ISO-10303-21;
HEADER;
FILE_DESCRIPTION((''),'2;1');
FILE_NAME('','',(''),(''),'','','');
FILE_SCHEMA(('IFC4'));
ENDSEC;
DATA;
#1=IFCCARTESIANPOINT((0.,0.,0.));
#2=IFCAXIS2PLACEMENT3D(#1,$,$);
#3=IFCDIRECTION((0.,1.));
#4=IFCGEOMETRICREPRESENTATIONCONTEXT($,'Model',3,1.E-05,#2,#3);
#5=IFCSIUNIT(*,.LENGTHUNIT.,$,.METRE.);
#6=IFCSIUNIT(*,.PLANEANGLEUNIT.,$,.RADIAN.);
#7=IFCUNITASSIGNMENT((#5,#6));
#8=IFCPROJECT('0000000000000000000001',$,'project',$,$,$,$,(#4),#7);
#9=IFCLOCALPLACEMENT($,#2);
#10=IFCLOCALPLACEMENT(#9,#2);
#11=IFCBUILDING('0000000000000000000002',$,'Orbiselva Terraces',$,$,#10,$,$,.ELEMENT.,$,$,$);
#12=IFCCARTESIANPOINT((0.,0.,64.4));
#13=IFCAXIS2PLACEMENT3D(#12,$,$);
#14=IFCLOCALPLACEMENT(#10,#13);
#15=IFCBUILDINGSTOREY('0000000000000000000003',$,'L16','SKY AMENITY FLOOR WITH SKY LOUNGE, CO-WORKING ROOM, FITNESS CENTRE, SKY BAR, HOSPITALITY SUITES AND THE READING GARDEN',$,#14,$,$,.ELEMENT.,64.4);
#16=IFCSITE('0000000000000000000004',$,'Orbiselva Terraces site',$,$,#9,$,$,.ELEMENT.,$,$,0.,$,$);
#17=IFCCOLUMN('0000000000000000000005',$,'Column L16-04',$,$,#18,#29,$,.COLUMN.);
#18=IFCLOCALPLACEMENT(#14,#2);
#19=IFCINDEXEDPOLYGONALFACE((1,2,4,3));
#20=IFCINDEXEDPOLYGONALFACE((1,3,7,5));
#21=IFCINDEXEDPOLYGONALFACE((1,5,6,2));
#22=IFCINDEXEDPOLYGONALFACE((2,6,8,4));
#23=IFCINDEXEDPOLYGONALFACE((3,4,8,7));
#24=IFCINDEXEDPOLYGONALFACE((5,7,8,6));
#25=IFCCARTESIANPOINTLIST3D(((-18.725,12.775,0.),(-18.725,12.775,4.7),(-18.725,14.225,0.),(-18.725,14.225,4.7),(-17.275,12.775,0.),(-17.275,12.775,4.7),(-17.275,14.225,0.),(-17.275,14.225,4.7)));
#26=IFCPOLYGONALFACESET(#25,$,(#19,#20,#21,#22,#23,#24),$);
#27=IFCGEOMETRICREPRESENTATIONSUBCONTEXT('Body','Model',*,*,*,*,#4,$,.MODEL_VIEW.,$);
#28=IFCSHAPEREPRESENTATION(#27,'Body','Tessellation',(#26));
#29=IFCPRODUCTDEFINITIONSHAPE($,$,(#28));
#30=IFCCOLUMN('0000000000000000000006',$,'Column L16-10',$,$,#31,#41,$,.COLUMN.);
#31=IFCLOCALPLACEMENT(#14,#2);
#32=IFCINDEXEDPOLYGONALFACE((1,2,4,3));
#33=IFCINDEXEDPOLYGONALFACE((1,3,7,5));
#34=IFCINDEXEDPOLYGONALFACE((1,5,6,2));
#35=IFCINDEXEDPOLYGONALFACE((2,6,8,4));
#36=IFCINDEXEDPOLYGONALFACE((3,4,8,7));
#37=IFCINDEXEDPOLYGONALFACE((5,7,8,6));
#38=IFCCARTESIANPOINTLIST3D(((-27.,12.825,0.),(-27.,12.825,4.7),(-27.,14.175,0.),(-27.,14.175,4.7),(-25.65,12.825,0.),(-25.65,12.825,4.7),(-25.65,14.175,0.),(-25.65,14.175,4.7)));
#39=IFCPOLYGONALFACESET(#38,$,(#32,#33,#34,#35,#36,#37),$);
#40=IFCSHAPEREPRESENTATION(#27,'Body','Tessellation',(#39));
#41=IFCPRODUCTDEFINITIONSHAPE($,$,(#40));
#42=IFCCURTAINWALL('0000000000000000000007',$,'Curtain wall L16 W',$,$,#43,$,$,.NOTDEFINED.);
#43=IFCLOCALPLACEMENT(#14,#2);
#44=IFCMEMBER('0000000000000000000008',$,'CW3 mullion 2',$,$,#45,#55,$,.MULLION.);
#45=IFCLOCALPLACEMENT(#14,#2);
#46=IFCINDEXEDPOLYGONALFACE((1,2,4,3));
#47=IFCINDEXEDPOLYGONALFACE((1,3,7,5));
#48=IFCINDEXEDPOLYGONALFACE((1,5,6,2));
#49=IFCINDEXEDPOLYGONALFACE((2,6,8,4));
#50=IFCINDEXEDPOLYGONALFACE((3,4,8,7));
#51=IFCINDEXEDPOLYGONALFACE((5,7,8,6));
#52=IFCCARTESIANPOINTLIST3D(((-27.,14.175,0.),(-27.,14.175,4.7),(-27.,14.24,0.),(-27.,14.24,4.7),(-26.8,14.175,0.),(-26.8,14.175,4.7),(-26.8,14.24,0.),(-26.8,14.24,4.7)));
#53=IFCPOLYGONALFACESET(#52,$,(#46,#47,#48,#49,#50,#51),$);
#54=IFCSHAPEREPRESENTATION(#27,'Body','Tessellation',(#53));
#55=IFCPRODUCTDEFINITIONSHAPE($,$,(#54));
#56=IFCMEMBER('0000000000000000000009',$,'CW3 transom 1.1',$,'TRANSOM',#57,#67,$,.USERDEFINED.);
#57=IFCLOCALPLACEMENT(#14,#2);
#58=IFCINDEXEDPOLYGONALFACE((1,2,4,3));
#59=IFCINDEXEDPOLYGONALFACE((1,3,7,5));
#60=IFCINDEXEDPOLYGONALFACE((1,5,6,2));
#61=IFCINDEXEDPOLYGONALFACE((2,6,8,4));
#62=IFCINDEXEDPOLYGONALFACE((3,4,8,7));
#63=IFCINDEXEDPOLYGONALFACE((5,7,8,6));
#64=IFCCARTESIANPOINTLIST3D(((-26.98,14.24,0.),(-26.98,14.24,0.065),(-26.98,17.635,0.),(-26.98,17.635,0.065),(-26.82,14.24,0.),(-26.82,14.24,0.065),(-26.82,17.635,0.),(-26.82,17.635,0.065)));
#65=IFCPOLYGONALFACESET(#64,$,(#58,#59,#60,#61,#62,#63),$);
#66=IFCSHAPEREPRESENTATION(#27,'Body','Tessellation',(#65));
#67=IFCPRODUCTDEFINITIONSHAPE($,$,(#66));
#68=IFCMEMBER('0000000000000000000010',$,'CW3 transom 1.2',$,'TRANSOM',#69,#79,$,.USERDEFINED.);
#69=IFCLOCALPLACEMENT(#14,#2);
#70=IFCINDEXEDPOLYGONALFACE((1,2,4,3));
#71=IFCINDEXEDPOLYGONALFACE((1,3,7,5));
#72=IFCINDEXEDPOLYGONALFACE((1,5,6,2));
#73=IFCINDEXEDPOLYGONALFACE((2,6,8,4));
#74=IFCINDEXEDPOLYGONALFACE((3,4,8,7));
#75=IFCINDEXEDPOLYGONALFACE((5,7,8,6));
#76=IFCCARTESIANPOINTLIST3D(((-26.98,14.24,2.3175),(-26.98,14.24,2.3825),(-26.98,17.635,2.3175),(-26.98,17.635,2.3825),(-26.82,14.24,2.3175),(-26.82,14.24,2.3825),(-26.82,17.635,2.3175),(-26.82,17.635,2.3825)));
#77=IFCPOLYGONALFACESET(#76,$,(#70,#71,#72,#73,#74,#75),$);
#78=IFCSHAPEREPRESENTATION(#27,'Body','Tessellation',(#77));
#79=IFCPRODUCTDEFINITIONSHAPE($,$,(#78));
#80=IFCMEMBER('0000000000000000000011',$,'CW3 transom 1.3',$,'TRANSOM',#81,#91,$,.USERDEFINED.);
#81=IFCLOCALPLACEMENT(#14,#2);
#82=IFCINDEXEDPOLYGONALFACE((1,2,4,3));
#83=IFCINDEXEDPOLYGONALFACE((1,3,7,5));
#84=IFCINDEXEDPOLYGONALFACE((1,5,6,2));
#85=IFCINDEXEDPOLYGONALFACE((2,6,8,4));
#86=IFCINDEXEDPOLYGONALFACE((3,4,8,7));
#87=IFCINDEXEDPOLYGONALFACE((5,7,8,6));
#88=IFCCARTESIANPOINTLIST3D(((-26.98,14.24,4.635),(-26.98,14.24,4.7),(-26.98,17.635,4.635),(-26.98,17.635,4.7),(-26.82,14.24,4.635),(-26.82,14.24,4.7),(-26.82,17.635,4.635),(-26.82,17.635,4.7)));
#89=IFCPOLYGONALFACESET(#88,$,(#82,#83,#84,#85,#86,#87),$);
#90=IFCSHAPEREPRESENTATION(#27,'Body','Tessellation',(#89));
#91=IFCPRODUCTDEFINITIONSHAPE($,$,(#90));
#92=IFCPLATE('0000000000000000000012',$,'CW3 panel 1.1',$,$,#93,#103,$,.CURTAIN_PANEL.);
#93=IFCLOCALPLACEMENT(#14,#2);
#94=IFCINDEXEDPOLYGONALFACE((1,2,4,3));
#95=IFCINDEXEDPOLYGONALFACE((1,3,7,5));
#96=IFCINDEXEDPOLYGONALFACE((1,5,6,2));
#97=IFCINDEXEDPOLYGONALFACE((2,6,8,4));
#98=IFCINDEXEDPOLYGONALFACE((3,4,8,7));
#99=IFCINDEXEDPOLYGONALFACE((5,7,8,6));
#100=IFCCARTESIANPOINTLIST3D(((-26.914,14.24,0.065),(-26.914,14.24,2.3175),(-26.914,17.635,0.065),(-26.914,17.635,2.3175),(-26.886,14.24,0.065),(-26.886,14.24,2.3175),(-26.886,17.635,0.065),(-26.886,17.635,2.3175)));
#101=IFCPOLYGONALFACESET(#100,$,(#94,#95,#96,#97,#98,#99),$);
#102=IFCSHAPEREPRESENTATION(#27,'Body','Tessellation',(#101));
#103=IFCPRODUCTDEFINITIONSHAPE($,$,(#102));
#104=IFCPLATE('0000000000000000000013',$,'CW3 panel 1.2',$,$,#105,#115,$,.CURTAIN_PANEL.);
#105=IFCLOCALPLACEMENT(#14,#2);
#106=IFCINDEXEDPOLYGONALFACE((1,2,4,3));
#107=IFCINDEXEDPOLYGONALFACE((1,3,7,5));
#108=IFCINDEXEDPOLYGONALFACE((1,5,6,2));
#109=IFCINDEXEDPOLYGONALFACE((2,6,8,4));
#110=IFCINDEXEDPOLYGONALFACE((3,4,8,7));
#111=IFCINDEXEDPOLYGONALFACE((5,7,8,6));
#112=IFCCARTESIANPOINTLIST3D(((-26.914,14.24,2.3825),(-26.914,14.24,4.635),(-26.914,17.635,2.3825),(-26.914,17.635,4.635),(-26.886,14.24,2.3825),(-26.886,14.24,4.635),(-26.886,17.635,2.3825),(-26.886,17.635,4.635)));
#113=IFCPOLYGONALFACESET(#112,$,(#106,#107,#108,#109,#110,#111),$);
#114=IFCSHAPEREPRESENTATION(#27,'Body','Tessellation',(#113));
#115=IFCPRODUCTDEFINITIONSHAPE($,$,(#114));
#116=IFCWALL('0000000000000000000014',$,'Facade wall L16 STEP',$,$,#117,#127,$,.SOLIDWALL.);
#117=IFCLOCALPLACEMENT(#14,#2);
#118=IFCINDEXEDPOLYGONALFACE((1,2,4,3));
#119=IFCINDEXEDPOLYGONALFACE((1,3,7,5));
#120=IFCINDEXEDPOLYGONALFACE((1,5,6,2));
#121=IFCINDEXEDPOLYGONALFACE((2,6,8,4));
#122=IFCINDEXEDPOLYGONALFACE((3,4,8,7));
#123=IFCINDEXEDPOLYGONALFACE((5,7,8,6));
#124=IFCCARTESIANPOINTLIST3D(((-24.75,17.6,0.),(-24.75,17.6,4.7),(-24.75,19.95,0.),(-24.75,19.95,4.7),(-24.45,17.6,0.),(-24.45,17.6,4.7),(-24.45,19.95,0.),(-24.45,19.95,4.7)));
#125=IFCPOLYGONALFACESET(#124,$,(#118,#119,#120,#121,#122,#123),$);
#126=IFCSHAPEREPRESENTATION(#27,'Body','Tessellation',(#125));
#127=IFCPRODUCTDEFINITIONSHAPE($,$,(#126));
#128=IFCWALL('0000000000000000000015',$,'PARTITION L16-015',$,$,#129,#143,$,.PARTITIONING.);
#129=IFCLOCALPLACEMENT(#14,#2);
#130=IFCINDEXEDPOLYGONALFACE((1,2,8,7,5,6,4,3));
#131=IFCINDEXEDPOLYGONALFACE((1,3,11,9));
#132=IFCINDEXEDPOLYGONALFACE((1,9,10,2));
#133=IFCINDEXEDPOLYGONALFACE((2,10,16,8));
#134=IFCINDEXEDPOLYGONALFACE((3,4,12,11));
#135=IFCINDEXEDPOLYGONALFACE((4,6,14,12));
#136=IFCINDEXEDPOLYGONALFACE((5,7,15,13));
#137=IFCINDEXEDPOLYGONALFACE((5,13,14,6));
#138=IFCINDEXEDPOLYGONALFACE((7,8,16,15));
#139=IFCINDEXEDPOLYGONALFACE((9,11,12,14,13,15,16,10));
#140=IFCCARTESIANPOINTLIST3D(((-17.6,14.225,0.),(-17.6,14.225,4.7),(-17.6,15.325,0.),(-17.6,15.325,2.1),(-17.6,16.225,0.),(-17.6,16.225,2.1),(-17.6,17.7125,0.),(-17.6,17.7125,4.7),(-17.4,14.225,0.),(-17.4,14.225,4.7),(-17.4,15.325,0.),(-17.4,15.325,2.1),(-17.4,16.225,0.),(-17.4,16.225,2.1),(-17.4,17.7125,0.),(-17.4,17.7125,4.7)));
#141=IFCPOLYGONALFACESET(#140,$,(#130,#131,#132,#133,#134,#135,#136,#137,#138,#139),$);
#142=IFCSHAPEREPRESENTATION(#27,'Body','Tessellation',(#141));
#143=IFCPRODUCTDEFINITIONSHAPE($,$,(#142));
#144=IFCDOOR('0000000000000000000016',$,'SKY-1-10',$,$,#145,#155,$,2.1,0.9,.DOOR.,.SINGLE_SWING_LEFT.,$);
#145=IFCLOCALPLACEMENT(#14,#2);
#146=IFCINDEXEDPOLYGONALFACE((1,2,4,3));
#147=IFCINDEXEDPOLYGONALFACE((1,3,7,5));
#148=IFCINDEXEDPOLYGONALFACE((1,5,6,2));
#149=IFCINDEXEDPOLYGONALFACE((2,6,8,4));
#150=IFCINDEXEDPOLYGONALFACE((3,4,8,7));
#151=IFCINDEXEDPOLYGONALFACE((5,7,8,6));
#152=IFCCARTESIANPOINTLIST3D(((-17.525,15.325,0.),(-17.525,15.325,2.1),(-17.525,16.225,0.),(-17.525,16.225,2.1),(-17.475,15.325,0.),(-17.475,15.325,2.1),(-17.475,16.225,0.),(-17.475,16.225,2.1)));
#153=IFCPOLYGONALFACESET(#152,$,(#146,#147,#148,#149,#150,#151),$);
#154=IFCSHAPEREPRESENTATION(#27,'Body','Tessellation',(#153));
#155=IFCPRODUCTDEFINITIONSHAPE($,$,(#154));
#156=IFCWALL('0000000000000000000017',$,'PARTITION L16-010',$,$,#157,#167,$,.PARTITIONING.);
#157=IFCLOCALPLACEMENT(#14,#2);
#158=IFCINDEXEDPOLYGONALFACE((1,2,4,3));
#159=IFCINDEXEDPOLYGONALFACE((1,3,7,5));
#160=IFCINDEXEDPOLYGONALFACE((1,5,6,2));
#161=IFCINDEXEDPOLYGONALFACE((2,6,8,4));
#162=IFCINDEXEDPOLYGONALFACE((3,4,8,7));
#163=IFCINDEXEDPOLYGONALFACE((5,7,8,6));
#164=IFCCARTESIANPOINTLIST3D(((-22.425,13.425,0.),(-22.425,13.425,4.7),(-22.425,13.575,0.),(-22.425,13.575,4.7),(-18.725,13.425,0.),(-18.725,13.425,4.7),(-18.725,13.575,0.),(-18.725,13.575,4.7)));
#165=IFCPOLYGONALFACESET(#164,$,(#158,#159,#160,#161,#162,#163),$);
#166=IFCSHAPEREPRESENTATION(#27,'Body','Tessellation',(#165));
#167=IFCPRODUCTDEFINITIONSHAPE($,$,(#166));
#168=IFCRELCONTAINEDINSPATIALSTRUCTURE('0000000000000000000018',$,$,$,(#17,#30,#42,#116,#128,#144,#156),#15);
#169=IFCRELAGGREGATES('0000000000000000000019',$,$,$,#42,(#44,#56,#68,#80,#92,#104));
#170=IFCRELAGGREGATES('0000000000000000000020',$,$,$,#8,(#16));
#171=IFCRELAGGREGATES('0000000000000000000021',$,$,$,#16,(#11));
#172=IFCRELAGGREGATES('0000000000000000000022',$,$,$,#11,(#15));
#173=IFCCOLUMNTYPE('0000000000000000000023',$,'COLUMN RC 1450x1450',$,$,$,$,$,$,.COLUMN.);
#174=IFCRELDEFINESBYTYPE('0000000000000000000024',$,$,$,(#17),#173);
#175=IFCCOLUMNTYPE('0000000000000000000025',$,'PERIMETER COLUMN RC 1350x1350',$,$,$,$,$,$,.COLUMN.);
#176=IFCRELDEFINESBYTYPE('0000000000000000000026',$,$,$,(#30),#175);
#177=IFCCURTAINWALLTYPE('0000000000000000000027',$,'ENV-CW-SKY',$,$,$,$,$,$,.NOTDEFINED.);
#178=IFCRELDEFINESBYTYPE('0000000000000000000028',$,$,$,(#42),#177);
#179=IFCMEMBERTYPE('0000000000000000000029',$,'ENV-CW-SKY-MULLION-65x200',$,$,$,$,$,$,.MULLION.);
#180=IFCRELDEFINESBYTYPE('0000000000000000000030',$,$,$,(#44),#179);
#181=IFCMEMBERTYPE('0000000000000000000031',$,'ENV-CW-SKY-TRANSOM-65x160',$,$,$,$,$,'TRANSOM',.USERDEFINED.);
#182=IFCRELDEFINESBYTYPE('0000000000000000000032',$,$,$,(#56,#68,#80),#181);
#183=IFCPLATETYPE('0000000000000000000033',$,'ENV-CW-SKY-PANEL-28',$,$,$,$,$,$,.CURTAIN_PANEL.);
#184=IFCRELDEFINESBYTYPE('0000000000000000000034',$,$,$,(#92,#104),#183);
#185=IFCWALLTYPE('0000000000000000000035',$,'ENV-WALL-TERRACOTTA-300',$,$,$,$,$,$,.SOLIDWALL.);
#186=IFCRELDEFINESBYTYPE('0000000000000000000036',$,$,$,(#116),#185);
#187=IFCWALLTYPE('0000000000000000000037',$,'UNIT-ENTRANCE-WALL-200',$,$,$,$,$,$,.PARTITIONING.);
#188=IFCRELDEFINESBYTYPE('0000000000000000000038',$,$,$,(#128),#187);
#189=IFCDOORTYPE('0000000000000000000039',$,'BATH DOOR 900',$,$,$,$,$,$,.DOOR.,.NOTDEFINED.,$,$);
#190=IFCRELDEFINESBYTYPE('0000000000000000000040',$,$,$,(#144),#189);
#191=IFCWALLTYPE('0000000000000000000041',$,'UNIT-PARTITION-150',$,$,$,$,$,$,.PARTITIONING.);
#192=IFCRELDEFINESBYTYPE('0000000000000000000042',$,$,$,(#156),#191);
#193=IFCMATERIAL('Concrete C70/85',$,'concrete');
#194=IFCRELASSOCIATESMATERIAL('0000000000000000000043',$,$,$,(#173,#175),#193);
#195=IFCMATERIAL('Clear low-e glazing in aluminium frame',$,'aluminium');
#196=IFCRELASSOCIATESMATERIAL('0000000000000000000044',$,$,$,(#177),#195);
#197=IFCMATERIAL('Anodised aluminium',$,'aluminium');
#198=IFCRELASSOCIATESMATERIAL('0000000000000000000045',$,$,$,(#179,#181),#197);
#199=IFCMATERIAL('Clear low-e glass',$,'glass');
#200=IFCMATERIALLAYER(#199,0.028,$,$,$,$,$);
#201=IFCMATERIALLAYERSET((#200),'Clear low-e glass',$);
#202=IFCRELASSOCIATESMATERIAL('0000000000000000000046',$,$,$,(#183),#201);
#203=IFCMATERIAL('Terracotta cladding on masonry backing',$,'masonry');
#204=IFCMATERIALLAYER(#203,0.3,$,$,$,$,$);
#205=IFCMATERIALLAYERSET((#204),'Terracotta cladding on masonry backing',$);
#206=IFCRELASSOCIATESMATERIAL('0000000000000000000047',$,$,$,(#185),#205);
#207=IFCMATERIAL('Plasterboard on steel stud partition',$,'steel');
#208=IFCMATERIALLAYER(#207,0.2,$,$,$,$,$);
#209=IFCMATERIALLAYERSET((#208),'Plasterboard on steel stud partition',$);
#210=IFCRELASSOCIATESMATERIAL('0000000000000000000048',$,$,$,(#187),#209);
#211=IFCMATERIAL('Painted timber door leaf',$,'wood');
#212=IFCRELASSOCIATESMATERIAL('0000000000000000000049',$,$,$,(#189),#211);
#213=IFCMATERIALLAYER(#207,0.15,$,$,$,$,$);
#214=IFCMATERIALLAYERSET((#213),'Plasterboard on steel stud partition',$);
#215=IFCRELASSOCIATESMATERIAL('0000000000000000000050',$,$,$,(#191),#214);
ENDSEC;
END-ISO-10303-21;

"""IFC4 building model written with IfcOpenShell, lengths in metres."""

from ifc_helpers import new_model, si_unit, direction, frame, frame_2d, origin, origin_2d, place, context, subcontext, project, spatial, rectangle, extrude, material, layer, layer_set, material_profile, profile_set, type_object, element, fill, aggregate, save


model = new_model("IFC4")

# Units and contexts
model_context = context("Model", 3, precision=1e-05, world=origin(), true_north=direction((0.0, 1.0)))
body_context = subcontext(model_context, "Body", "Model", "MODEL_VIEW")
ifc_project = project(units=[si_unit("LENGTHUNIT", "METRE"), si_unit("PLANEANGLEUNIT", "RADIAN")], contexts=[model_context])

# Site, building, storey
site_placement = place(None, origin())
site = spatial("IfcSite", under=ifc_project, at=site_placement, Name="Orbiselva Terraces site", CompositionType="ELEMENT", RefElevation=0.0)
building_placement = place(site_placement, origin())
building = spatial("IfcBuilding", under=site, at=building_placement, Name="Orbiselva Terraces", CompositionType="ELEMENT")
storey_placement = place(building_placement, frame((0.0, 0.0, 64.4)))
storey = spatial("IfcBuildingStorey", under=building, at=storey_placement, Name="L16", Description="SKY AMENITY FLOOR WITH SKY LOUNGE, CO-WORKING ROOM, FITNESS CENTRE, SKY BAR, HOSPITALITY SUITES AND THE READING GARDEN", CompositionType="ELEMENT", Elevation=64.4)

# Columns
ifc_material_1 = material(Name="Concrete C70/85", Category="concrete")
ifc_material_profile_1 = material_profile(ifc_material_1, rectangle(XDim=1.45, YDim=1.45, at=origin_2d()), Name="RC 1450x1450")
ifc_profile_set_1 = profile_set([ifc_material_profile_1], Name="Concrete C70/85")
column_type_1 = type_object("IfcColumnType", Name="COLUMN RC 1450x1450", PredefinedType="COLUMN", material=ifc_profile_set_1)
column_1_placement = place(storey_placement, frame((-18.0, 13.5, 0.0), z_axis=(0.0, 0.0, 1.0), x_axis=(1.0, 0.0, 0.0)))
element("IfcColumn", 1, at=column_1_placement, inside=storey, type_object=column_type_1, Name="Column L16-04", PredefinedType="COLUMN", context=body_context, shape_type="SweptSolid", body=[
    extrude(rectangle(XDim=1.45, YDim=1.45, at=origin_2d()), origin(), (0.0, 0.0, 1.0), 4.7),
])
ifc_material_profile_2 = material_profile(ifc_material_1, rectangle(XDim=1.35, YDim=1.35, at=origin_2d()), Name="RC 1350x1350")
ifc_profile_set_2 = profile_set([ifc_material_profile_2], Name="Concrete C70/85")
column_type_2 = type_object("IfcColumnType", Name="PERIMETER COLUMN RC 1350x1350", PredefinedType="COLUMN", material=ifc_profile_set_2)
column_2_placement = place(storey_placement, frame((-26.325, 13.5, 0.0), z_axis=(0.0, 0.0, 1.0), x_axis=(1.0, 0.0, 0.0)))
element("IfcColumn", 2, at=column_2_placement, inside=storey, type_object=column_type_2, Name="Column L16-10", PredefinedType="COLUMN", context=body_context, shape_type="SweptSolid", body=[
    extrude(rectangle(XDim=1.35, YDim=1.35, at=origin_2d()), origin(), (0.0, 0.0, 1.0), 4.7),
])

# Curtain wall, members, plates
ifc_material_2 = material(Name="Clear low-e glazing in aluminium frame", Category="aluminium")
curtain_wall_type = type_object("IfcCurtainWallType", Name="ENV-CW-SKY", PredefinedType="NOTDEFINED", material=ifc_material_2)
curtain_wall_placement = place(storey_placement, origin())
curtain_wall = element("IfcCurtainWall", 3, at=curtain_wall_placement, inside=storey, type_object=curtain_wall_type, Name="Curtain wall L16 W", PredefinedType="NOTDEFINED")
ifc_material_3 = material(Name="Anodised aluminium", Category="aluminium")
ifc_material_profile_3 = material_profile(ifc_material_3, rectangle(XDim=0.2, YDim=0.065, at=origin_2d()), Name="AL 65x200")
ifc_profile_set_3 = profile_set([ifc_material_profile_3], Name="Anodised aluminium")
member_type_1 = type_object("IfcMemberType", Name="ENV-CW-SKY-MULLION-65x200", PredefinedType="MULLION", material=ifc_profile_set_3)
member_1_placement = place(storey_placement, frame((-26.9, 14.2075, 0.0), z_axis=(0.0, 0.0, 1.0), x_axis=(1.0, 0.0, 0.0)))
member_1 = element("IfcMember", 4, at=member_1_placement, type_object=member_type_1, Name="CW3 mullion 2", PredefinedType="MULLION", context=body_context, shape_type="SweptSolid", body=[
    extrude(rectangle(XDim=0.2, YDim=0.065, at=origin_2d()), origin(), (0.0, 0.0, 1.0), 4.7),
])
ifc_material_profile_4 = material_profile(ifc_material_3, rectangle(XDim=0.16, YDim=0.065, at=origin_2d()), Name="AL 65x160")
ifc_profile_set_4 = profile_set([ifc_material_profile_4], Name="Anodised aluminium")
member_type_2 = type_object("IfcMemberType", Name="ENV-CW-SKY-TRANSOM-65x160", ElementType="TRANSOM", PredefinedType="USERDEFINED", material=ifc_profile_set_4)
member_2_placement = place(storey_placement, frame((-26.9, 17.635, 0.0325), z_axis=(0.0, -1.0, 0.0), x_axis=(1.0, 0.0, 0.0)))
member_2 = element("IfcMember", 5, at=member_2_placement, type_object=member_type_2, Name="CW3 transom 1.1", ObjectType="TRANSOM", PredefinedType="USERDEFINED", context=body_context, shape_type="SweptSolid", body=[
    extrude(rectangle(XDim=0.16, YDim=0.065, at=origin_2d()), origin(), (0.0, 0.0, 1.0), 3.395),
])
member_3_placement = place(storey_placement, frame((-26.9, 17.635, 2.35), z_axis=(0.0, -1.0, 0.0), x_axis=(1.0, 0.0, 0.0)))
member_3 = element("IfcMember", 6, at=member_3_placement, type_object=member_type_2, Name="CW3 transom 1.2", ObjectType="TRANSOM", PredefinedType="USERDEFINED", context=body_context, shape_type="SweptSolid", body=[
    extrude(rectangle(XDim=0.16, YDim=0.065, at=origin_2d()), origin(), (0.0, 0.0, 1.0), 3.395),
])
member_4_placement = place(storey_placement, frame((-26.9, 17.635, 4.6675), z_axis=(0.0, -1.0, 0.0), x_axis=(1.0, 0.0, 0.0)))
member_4 = element("IfcMember", 7, at=member_4_placement, type_object=member_type_2, Name="CW3 transom 1.3", ObjectType="TRANSOM", PredefinedType="USERDEFINED", context=body_context, shape_type="SweptSolid", body=[
    extrude(rectangle(XDim=0.16, YDim=0.065, at=origin_2d()), origin(), (0.0, 0.0, 1.0), 3.395),
])
ifc_material_4 = material(Name="Clear low-e glass", Category="glass")
ifc_layer_1 = layer(ifc_material_4, 0.028)
ifc_layer_set_1 = layer_set([ifc_layer_1], Name="Clear low-e glass")
plate_type = type_object("IfcPlateType", Name="ENV-CW-SKY-PANEL-28", PredefinedType="CURTAIN_PANEL", material=ifc_layer_set_1)
plate_1_placement = place(storey_placement, frame((-26.9, 15.9375, 0.065), z_axis=(0.0, 0.0, 1.0), x_axis=(0.0, -1.0, 0.0)))
plate_1 = element("IfcPlate", 8, at=plate_1_placement, type_object=plate_type, Name="CW3 panel 1.1", PredefinedType="CURTAIN_PANEL", context=body_context, shape_type="SweptSolid", body=[
    extrude(rectangle(XDim=3.395, YDim=0.028, at=origin_2d()), origin(), (0.0, 0.0, 1.0), 2.2525),
])
plate_2_placement = place(storey_placement, frame((-26.9, 15.9375, 2.3825), z_axis=(0.0, 0.0, 1.0), x_axis=(0.0, -1.0, 0.0)))
plate_2 = element("IfcPlate", 9, at=plate_2_placement, type_object=plate_type, Name="CW3 panel 1.2", PredefinedType="CURTAIN_PANEL", context=body_context, shape_type="SweptSolid", body=[
    extrude(rectangle(XDim=3.395, YDim=0.028, at=origin_2d()), origin(), (0.0, 0.0, 1.0), 2.2525),
])
aggregate(curtain_wall, [member_1, member_2, member_3, member_4, plate_1, plate_2])

# Wall
ifc_material_5 = material(Name="Terracotta cladding on masonry backing", Category="masonry")
ifc_layer_2 = layer(ifc_material_5, 0.3)
ifc_layer_set_2 = layer_set([ifc_layer_2], Name="Terracotta cladding on masonry backing")
wall_type_1 = type_object("IfcWallType", Name="ENV-WALL-TERRACOTTA-300", PredefinedType="SOLIDWALL", material=ifc_layer_set_2)
wall_1_placement = place(storey_placement, frame((-24.6, 17.6, 0.0), z_axis=(0.0, 0.0, 1.0), x_axis=(0.0, 1.0, 0.0)))
element("IfcWall", 10, at=wall_1_placement, inside=storey, type_object=wall_type_1, Name="Facade wall L16 STEP", PredefinedType="SOLIDWALL", context=body_context, shape_type="SweptSolid", body=[
    extrude(rectangle(XDim=2.35, YDim=0.3, at=frame_2d((1.175, 0.0))), origin(), (0.0, 0.0, 1.0), 4.7),
])

# Wall, opening, door
ifc_material_6 = material(Name="Plasterboard on steel stud partition", Category="steel")
ifc_layer_3 = layer(ifc_material_6, 0.2)
ifc_layer_set_3 = layer_set([ifc_layer_3], Name="Plasterboard on steel stud partition")
wall_type_2 = type_object("IfcWallType", Name="UNIT-ENTRANCE-WALL-200", PredefinedType="PARTITIONING", material=ifc_layer_set_3)
wall_2_placement = place(storey_placement, frame((-17.5, 14.225, 0.0), z_axis=(0.0, 0.0, 1.0), x_axis=(0.0, 1.0, 0.0)))
wall_2 = element("IfcWall", 11, at=wall_2_placement, inside=storey, type_object=wall_type_2, Name="PARTITION L16-015", PredefinedType="PARTITIONING", context=body_context, shape_type="SweptSolid", body=[
    extrude(rectangle(XDim=3.4875, YDim=0.2, at=frame_2d((1.7437, 0.0))), origin(), (0.0, 0.0, 1.0), 4.7),
])
opening_placement = place(wall_2_placement, frame((1.1, 0.0, 0.0)))
opening = element("IfcOpeningElement", 12, at=opening_placement, cuts=wall_2, PredefinedType="OPENING", context=body_context, shape_type="SweptSolid", body=[
    extrude(rectangle(XDim=0.9, YDim=2.1, at=frame_2d((0.45, 1.05))), frame((0.0, 0.11, 0.0), z_axis=(0.0, -1.0, 0.0), x_axis=(1.0, 0.0, 0.0)), (0.0, 0.0, 1.0), 0.22),
])
ifc_material_7 = material(Name="Painted timber door leaf", Category="wood")
door_type = type_object("IfcDoorType", Name="BATH DOOR 900", OperationType="NOTDEFINED", PredefinedType="DOOR", material=ifc_material_7)
door_placement = place(opening_placement, origin())
door = element("IfcDoor", 13, at=door_placement, inside=storey, type_object=door_type, Name="SKY-1-10", OperationType="SINGLE_SWING_LEFT", OverallHeight=2.1, OverallWidth=0.9, PredefinedType="DOOR", context=body_context, shape_type="SweptSolid", body=[
    extrude(rectangle(XDim=0.9, YDim=2.1, at=frame_2d((0.45, 1.05))), frame((0.0, 0.025, 0.0), z_axis=(0.0, -1.0, 0.0), x_axis=(1.0, 0.0, 0.0)), (0.0, 0.0, 1.0), 0.05),
])
fill(opening, door)

# Wall
ifc_layer_4 = layer(ifc_material_6, 0.15)
ifc_layer_set_4 = layer_set([ifc_layer_4], Name="Plasterboard on steel stud partition")
wall_type_3 = type_object("IfcWallType", Name="UNIT-PARTITION-150", PredefinedType="PARTITIONING", material=ifc_layer_set_4)
wall_3_placement = place(storey_placement, frame((-22.425, 13.5, 0.0), z_axis=(0.0, 0.0, 1.0), x_axis=(1.0, 0.0, 0.0)))
element("IfcWall", 14, at=wall_3_placement, inside=storey, type_object=wall_type_3, Name="PARTITION L16-010", PredefinedType="PARTITIONING", context=body_context, shape_type="SweptSolid", body=[
    extrude(rectangle(XDim=3.7, YDim=0.15, at=frame_2d((1.85, 0.0))), origin(), (0.0, 0.0, 1.0), 4.7),
])

save(model, "model.ifc")
